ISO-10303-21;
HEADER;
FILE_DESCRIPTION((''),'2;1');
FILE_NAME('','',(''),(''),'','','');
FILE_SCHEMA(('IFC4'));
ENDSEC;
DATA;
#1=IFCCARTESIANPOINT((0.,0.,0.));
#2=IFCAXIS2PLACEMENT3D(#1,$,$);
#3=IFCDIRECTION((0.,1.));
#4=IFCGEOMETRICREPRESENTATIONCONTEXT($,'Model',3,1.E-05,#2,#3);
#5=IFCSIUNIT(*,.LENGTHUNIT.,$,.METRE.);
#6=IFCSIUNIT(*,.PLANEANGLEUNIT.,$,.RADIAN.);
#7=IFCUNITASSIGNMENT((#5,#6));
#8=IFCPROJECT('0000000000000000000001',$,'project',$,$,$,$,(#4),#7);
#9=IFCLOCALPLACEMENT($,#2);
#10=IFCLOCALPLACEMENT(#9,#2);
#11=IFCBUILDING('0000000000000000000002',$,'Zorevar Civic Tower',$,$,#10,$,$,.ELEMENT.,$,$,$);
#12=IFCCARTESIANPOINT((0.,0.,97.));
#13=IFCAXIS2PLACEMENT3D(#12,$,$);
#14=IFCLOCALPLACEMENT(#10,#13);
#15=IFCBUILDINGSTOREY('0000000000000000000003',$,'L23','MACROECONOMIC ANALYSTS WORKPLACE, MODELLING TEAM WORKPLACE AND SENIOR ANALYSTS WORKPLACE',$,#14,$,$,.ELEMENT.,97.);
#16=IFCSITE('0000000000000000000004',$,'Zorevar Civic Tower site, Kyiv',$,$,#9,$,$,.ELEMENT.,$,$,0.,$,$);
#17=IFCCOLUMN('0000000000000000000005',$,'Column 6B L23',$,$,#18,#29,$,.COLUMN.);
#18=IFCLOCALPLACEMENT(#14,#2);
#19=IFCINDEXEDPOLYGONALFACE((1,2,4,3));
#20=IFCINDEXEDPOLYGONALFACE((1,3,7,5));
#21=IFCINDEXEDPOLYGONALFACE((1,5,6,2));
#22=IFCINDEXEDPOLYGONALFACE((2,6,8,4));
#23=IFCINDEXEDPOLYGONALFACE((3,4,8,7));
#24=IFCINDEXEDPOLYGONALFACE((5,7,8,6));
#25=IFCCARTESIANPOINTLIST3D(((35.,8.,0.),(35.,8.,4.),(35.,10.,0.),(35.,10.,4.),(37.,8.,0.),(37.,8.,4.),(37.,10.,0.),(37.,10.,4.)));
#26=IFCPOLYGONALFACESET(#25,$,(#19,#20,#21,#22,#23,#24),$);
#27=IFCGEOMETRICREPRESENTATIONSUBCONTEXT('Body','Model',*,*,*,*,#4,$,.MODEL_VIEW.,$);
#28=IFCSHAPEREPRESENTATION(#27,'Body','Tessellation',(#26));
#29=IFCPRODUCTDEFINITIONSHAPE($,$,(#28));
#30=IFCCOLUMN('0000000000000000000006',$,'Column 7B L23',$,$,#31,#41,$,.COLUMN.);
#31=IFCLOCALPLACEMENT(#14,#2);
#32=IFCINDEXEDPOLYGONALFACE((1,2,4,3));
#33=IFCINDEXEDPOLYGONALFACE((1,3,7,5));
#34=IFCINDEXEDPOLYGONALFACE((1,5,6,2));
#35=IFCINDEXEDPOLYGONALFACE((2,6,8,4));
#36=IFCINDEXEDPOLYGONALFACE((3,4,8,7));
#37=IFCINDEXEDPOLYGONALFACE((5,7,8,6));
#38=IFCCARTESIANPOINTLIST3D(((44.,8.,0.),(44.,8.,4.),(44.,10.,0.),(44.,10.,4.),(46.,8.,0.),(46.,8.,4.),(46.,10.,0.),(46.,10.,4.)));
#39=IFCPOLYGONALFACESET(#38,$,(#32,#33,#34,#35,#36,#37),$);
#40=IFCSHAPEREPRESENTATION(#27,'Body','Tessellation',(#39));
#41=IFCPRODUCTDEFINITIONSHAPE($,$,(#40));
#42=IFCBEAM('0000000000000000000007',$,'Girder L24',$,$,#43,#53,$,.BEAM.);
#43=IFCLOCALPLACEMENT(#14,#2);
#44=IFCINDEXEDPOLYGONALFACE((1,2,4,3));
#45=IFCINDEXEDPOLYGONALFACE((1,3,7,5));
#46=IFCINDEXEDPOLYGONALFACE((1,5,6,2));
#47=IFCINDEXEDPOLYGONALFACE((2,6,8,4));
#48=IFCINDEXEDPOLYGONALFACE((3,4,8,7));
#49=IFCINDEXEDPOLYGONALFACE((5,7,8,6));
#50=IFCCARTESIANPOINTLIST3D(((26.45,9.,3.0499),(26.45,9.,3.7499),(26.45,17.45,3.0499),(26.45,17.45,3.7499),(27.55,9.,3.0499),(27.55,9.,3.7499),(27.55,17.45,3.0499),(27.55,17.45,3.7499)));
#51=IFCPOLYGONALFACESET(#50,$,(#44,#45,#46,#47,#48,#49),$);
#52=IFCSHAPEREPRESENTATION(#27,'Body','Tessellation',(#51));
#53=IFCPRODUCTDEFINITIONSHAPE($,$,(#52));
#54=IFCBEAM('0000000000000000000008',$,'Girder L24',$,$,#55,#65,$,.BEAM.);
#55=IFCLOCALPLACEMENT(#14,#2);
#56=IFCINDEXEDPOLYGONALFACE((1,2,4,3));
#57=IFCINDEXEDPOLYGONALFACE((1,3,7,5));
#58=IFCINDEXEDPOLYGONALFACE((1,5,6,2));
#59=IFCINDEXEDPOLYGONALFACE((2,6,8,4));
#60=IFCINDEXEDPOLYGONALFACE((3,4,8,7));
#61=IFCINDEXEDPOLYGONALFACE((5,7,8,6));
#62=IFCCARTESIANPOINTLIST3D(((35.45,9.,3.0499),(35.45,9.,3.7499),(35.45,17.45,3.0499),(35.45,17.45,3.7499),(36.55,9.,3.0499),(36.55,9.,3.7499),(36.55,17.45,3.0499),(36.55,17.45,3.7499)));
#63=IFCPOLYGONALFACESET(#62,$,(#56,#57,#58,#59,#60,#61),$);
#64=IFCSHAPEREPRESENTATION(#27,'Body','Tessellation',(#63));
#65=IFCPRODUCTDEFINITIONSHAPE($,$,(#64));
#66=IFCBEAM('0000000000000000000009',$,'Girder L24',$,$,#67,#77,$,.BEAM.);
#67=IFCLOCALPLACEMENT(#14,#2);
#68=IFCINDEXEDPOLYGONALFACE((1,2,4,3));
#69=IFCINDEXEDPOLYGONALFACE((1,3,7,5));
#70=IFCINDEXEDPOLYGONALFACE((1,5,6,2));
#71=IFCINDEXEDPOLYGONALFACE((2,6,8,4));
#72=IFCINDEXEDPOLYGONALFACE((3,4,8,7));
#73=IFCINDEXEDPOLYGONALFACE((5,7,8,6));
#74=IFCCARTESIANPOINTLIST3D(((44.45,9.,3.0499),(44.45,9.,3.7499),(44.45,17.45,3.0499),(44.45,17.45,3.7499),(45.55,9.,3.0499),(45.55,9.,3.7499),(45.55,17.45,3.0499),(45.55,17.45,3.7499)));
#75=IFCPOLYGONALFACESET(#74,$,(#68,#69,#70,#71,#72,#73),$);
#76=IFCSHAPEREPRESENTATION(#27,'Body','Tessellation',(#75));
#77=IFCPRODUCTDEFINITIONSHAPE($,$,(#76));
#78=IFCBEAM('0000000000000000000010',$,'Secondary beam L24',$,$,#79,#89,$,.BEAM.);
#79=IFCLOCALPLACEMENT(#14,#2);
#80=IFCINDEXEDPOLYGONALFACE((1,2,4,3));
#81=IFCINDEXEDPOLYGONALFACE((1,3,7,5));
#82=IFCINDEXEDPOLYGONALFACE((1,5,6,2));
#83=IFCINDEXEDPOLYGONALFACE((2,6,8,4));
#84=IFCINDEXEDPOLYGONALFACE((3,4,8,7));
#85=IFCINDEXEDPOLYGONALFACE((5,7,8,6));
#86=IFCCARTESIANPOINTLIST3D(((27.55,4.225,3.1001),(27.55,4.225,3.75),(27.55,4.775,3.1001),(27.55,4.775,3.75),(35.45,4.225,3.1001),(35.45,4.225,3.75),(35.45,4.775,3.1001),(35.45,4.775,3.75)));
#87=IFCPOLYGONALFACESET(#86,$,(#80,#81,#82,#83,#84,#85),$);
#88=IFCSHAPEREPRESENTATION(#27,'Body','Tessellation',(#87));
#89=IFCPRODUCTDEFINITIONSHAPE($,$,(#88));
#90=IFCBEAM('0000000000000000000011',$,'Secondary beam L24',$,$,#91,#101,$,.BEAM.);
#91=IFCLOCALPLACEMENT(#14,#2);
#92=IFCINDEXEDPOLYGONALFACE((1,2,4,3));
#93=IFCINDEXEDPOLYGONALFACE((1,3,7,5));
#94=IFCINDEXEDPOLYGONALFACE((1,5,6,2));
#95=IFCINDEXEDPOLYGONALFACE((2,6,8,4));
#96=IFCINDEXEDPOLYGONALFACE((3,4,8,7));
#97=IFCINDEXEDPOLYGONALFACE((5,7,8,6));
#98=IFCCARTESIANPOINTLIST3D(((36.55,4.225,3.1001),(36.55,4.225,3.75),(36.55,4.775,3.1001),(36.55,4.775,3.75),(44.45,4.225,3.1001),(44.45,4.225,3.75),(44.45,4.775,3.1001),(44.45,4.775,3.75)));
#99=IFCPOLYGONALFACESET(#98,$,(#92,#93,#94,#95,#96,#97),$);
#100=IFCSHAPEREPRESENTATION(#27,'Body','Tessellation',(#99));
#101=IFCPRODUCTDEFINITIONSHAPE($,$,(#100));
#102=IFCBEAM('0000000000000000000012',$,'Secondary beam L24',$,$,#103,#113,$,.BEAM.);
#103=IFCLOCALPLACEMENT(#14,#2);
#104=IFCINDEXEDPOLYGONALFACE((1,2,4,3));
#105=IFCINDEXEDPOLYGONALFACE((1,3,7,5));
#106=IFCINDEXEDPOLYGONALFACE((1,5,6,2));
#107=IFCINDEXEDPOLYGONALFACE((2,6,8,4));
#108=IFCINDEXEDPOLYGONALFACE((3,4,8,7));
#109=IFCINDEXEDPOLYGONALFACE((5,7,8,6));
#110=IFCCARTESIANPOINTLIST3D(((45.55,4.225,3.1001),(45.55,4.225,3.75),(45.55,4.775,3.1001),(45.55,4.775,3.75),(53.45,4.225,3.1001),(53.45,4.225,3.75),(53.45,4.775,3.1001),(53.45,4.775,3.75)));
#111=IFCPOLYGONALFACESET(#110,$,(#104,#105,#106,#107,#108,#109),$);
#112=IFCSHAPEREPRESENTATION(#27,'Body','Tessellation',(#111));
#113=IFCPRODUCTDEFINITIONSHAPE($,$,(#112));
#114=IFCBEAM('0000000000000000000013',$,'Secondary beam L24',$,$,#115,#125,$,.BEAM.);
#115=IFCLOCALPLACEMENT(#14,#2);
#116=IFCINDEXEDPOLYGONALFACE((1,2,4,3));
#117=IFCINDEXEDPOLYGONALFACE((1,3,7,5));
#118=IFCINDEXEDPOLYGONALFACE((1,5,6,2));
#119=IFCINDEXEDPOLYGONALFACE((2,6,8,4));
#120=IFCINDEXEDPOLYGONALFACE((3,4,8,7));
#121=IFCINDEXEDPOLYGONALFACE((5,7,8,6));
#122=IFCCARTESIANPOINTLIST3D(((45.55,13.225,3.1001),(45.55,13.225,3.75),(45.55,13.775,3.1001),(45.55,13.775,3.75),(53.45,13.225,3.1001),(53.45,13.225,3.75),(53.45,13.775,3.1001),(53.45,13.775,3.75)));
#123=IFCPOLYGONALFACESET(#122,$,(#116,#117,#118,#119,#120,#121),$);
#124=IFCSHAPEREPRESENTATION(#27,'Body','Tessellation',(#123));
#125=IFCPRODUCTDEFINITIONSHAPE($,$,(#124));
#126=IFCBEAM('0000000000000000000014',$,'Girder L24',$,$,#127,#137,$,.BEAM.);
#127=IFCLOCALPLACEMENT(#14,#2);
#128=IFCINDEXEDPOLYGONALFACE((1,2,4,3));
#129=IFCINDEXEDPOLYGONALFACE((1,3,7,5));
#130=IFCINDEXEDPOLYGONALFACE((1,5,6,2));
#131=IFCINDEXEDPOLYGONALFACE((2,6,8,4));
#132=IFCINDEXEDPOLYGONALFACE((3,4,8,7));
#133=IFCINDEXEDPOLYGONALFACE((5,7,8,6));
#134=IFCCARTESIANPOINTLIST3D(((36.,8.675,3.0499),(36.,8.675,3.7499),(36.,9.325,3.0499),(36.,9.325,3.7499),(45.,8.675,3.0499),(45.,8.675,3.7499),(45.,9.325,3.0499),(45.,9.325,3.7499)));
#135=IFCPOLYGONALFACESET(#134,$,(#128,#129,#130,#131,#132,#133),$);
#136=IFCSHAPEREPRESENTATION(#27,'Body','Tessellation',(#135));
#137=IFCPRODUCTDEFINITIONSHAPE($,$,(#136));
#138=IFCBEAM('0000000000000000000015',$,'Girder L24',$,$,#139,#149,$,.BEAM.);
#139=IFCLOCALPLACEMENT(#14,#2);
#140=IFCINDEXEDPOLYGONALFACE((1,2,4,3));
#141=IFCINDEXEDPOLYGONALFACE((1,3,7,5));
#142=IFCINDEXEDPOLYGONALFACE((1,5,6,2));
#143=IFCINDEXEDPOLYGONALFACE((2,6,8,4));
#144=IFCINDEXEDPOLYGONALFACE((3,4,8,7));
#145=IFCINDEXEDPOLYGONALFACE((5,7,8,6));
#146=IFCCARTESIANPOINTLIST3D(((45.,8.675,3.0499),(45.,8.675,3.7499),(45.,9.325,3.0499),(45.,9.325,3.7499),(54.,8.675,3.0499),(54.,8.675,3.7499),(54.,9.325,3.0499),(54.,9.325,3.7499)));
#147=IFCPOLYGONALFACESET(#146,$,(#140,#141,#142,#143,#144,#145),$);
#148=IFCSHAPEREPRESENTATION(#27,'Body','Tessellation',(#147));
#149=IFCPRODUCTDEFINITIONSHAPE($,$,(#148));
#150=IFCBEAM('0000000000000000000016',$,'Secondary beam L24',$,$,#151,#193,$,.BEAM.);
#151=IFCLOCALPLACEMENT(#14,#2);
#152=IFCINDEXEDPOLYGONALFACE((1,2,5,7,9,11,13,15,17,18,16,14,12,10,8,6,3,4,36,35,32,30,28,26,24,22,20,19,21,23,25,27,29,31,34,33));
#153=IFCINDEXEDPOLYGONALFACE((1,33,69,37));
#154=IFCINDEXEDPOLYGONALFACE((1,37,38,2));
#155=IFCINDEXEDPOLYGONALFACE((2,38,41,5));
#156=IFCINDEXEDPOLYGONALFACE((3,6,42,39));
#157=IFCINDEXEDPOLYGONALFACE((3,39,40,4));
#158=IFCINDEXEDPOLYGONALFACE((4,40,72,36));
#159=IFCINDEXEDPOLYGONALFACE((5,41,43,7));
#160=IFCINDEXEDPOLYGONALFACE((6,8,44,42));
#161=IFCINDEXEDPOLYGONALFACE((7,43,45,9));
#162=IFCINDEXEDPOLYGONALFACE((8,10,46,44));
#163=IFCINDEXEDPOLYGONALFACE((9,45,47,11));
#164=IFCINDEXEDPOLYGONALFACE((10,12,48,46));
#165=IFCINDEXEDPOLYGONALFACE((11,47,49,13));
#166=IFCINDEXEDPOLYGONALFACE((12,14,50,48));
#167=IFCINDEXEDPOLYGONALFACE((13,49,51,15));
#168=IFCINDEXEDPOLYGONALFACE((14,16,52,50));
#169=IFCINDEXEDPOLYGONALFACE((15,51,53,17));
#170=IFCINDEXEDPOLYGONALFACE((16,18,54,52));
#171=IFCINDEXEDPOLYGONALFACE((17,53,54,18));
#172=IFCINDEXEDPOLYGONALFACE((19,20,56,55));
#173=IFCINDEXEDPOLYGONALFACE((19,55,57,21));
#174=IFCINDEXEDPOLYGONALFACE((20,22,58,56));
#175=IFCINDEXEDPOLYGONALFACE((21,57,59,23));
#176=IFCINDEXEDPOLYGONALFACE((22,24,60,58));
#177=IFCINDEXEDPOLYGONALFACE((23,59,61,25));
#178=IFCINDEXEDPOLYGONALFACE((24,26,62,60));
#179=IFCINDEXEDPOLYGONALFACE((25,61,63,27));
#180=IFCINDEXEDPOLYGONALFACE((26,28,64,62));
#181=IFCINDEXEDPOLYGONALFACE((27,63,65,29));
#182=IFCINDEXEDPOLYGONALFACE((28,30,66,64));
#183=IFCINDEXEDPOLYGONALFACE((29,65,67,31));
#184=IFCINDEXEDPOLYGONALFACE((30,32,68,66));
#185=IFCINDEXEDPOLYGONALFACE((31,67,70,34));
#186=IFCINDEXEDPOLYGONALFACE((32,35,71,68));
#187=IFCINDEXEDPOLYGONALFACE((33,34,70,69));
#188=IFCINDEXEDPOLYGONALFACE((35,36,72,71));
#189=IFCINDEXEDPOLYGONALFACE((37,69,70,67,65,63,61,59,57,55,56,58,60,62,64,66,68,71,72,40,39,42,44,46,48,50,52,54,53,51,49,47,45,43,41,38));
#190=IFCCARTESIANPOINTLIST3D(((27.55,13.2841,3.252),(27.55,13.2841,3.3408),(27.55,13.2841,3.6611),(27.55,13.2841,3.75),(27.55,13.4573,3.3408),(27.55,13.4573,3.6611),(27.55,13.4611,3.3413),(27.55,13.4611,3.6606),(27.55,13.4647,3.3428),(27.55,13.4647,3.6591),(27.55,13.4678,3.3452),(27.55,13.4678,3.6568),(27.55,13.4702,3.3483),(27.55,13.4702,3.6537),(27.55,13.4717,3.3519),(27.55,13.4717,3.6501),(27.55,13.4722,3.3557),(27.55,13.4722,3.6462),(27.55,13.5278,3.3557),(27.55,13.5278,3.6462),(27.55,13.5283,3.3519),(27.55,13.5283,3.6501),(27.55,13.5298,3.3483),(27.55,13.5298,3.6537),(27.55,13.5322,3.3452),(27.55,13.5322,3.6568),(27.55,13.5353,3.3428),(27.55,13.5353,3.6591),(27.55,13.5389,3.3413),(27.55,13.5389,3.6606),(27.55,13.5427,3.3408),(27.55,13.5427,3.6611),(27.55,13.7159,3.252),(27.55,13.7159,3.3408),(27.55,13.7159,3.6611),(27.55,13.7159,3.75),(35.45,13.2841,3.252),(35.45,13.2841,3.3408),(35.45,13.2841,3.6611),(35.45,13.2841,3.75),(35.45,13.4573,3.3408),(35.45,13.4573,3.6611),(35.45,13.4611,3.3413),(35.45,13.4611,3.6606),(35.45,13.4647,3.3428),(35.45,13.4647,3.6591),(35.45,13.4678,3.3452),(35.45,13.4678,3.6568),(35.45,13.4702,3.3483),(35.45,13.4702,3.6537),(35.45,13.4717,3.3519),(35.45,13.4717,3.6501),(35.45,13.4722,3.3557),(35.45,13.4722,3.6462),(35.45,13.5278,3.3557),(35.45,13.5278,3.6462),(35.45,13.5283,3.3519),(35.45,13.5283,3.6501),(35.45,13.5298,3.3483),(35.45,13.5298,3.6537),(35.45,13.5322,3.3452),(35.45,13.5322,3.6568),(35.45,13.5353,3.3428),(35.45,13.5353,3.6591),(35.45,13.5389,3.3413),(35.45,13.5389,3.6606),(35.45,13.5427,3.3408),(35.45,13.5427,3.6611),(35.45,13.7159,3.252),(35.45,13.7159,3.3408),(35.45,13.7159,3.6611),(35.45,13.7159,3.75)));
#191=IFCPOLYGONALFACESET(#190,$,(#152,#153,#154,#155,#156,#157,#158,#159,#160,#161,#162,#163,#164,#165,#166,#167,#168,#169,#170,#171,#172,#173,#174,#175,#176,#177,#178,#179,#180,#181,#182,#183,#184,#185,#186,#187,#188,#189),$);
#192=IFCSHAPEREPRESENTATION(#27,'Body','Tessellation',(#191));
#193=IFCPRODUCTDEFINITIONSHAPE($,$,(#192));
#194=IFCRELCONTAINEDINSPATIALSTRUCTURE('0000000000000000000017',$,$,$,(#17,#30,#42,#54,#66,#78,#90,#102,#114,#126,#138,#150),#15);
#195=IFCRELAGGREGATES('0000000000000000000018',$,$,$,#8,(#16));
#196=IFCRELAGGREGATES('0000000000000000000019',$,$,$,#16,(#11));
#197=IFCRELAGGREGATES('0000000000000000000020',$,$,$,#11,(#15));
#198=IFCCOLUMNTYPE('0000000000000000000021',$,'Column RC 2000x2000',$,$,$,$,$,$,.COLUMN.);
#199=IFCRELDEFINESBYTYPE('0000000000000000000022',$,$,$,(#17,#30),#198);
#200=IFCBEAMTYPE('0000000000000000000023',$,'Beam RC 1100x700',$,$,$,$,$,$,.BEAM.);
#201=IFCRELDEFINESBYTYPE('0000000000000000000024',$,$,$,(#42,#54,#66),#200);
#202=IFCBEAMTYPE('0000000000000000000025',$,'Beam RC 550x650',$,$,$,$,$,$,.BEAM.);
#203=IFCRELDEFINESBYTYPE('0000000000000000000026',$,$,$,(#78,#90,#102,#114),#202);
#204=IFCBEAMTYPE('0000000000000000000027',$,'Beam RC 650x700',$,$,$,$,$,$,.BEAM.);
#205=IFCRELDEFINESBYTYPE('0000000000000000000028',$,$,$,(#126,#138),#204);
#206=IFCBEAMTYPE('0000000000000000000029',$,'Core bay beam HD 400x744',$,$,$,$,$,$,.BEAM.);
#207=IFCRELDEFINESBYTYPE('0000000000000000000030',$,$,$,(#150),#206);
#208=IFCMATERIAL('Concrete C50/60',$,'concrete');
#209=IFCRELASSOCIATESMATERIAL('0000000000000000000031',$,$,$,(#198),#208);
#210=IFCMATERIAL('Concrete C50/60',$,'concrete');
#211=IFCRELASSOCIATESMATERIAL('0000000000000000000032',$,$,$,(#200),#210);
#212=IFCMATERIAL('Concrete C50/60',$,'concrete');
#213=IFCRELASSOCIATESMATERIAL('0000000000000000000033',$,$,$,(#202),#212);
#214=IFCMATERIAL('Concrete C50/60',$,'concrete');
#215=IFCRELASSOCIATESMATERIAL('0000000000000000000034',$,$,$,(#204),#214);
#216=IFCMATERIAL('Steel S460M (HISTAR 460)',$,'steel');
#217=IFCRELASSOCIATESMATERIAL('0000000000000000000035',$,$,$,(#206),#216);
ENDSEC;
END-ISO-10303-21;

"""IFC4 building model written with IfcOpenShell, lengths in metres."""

from ifc_helpers import new_model, si_unit, direction, frame, origin, origin_2d, place, context, subcontext, project, spatial, rectangle, i_section, extrude, material, material_profile, profile_set, type_object, element, save


model = new_model("IFC4")

# Units and contexts
model_context = context("Model", 3, precision=1e-05, world=origin(), true_north=direction((0.0, 1.0)))
body_context = subcontext(model_context, "Body", "Model", "MODEL_VIEW")
ifc_project = project(units=[si_unit("LENGTHUNIT", "METRE"), si_unit("PLANEANGLEUNIT", "RADIAN")], contexts=[model_context])

# Site, building, storey
site_placement = place(None, origin())
site = spatial("IfcSite", under=ifc_project, at=site_placement, Name="Zorevar Civic Tower site, Kyiv", CompositionType="ELEMENT", RefElevation=0.0)
building_placement = place(site_placement, origin())
building = spatial("IfcBuilding", under=site, at=building_placement, Name="Zorevar Civic Tower", CompositionType="ELEMENT")
storey_placement = place(building_placement, frame((0.0, 0.0, 97.0)))
storey = spatial("IfcBuildingStorey", under=building, at=storey_placement, Name="L23", Description="MACROECONOMIC ANALYSTS WORKPLACE, MODELLING TEAM WORKPLACE AND SENIOR ANALYSTS WORKPLACE", CompositionType="ELEMENT", Elevation=97.0)

# Columns
ifc_material_1 = material(Name="Concrete C50/60", Category="concrete")
ifc_material_profile_1 = material_profile(ifc_material_1, rectangle(XDim=2.0, YDim=2.0, at=origin_2d()), Name="RC 2000x2000")
ifc_profile_set_1 = profile_set([ifc_material_profile_1], Name="Concrete C50/60")
column_type = type_object("IfcColumnType", Name="Column RC 2000x2000", PredefinedType="COLUMN", material=ifc_profile_set_1)
for number, where, z_axis, x_axis, name in (
    (1, (36.0, 9.0, 0.0), (0.0, 0.0, 1.0), (1.0, 0.0, 0.0), "Column 6B L23"),
    (2, (45.0, 9.0, 0.0), (0.0, 0.0, 1.0), (1.0, 0.0, 0.0), "Column 7B L23"),
):
    element("IfcColumn", number, at=place(storey_placement, frame(where, z_axis=z_axis, x_axis=x_axis)), inside=storey, type_object=column_type, Name=name, PredefinedType="COLUMN", context=body_context, shape_type="SweptSolid", body=[
        extrude(rectangle(XDim=2.0, YDim=2.0, at=origin_2d()), origin(), (0.0, 0.0, 1.0), 4.0),
    ])

# Beams
ifc_material_2 = material(Name="Concrete C50/60", Category="concrete")
ifc_material_profile_2 = material_profile(ifc_material_2, rectangle(XDim=1.1001, YDim=0.7, at=origin_2d()), Name="RC 1100x700")
ifc_profile_set_2 = profile_set([ifc_material_profile_2], Name="Concrete C50/60")
beam_type_1 = type_object("IfcBeamType", Name="Beam RC 1100x700", PredefinedType="BEAM", material=ifc_profile_set_2)
for number, where, z_axis, x_axis, name in (
    (3, (27.0, 9.0, 3.3999), (0.0, 1.0, 0.0), (-1.0, 0.0, 0.0), "Girder L24"),
    (4, (36.0, 9.0, 3.3999), (0.0, 1.0, 0.0), (-1.0, 0.0, 0.0), "Girder L24"),
    (5, (45.0, 9.0, 3.3999), (0.0, 1.0, 0.0), (-1.0, 0.0, 0.0), "Girder L24"),
):
    element("IfcBeam", number, at=place(storey_placement, frame(where, z_axis=z_axis, x_axis=x_axis)), inside=storey, type_object=beam_type_1, Name=name, PredefinedType="BEAM", context=body_context, shape_type="SweptSolid", body=[
        extrude(rectangle(XDim=1.1001, YDim=0.7, at=origin_2d()), origin(), (0.0, 0.0, 1.0), 8.45),
    ])
ifc_material_3 = material(Name="Concrete C50/60", Category="concrete")
ifc_material_profile_3 = material_profile(ifc_material_3, rectangle(XDim=0.55, YDim=0.6499, at=origin_2d()), Name="RC 550x650")
ifc_profile_set_3 = profile_set([ifc_material_profile_3], Name="Concrete C50/60")
beam_type_2 = type_object("IfcBeamType", Name="Beam RC 550x650", PredefinedType="BEAM", material=ifc_profile_set_3)
for number, where, z_axis, x_axis, name in (
    (6, (27.55, 4.5, 3.425), (1.0, 0.0, 0.0), (0.0, 1.0, 0.0), "Secondary beam L24"),
    (7, (36.55, 4.5, 3.425), (1.0, 0.0, 0.0), (0.0, 1.0, 0.0), "Secondary beam L24"),
    (8, (45.55, 4.5, 3.425), (1.0, 0.0, 0.0), (0.0, 1.0, 0.0), "Secondary beam L24"),
    (9, (45.55, 13.5, 3.425), (1.0, 0.0, 0.0), (0.0, 1.0, 0.0), "Secondary beam L24"),
):
    element("IfcBeam", number, at=place(storey_placement, frame(where, z_axis=z_axis, x_axis=x_axis)), inside=storey, type_object=beam_type_2, Name=name, PredefinedType="BEAM", context=body_context, shape_type="SweptSolid", body=[
        extrude(rectangle(XDim=0.55, YDim=0.6499, at=origin_2d()), origin(), (0.0, 0.0, 1.0), 7.8999),
    ])
ifc_material_4 = material(Name="Concrete C50/60", Category="concrete")
ifc_material_profile_4 = material_profile(ifc_material_4, rectangle(XDim=0.6499, YDim=0.7, at=origin_2d()), Name="RC 650x700")
ifc_profile_set_4 = profile_set([ifc_material_profile_4], Name="Concrete C50/60")
beam_type_3 = type_object("IfcBeamType", Name="Beam RC 650x700", PredefinedType="BEAM", material=ifc_profile_set_4)
for number, where, z_axis, x_axis, name in (
    (10, (36.0, 9.0, 3.3999), (1.0, 0.0, 0.0), (0.0, 1.0, 0.0), "Girder L24"),
    (11, (45.0, 9.0, 3.3999), (1.0, 0.0, 0.0), (0.0, 1.0, 0.0), "Girder L24"),
):
    element("IfcBeam", number, at=place(storey_placement, frame(where, z_axis=z_axis, x_axis=x_axis)), inside=storey, type_object=beam_type_3, Name=name, PredefinedType="BEAM", context=body_context, shape_type="SweptSolid", body=[
        extrude(rectangle(XDim=0.6499, YDim=0.7, at=origin_2d()), origin(), (0.0, 0.0, 1.0), 9.0),
    ])
ifc_material_5 = material(Name="Steel S460M (HISTAR 460)", Category="steel")
ifc_material_profile_5 = material_profile(ifc_material_5, i_section(OverallWidth=0.4319, OverallDepth=0.498, WebThickness=0.0557, FlangeThickness=0.0889, FilletRadius=0.0149, at=origin_2d()), Name="HD 400x744")
ifc_profile_set_5 = profile_set([ifc_material_profile_5], Name="Steel S460M (HISTAR 460)")
beam_type_4 = type_object("IfcBeamType", Name="Core bay beam HD 400x744", PredefinedType="BEAM", material=ifc_profile_set_5)
for number, where, z_axis, x_axis, name in (
    (12, (27.55, 13.5, 3.501), (1.0, 0.0, 0.0), (0.0, 1.0, 0.0), "Secondary beam L24"),
):
    element("IfcBeam", number, at=place(storey_placement, frame(where, z_axis=z_axis, x_axis=x_axis)), inside=storey, type_object=beam_type_4, Name=name, PredefinedType="BEAM", context=body_context, shape_type="SweptSolid", body=[
        extrude(i_section(OverallWidth=0.4319, OverallDepth=0.498, WebThickness=0.0557, FlangeThickness=0.0889, FilletRadius=0.0149, at=origin_2d()), origin(), (0.0, 0.0, 1.0), 7.8999),
    ])

save(model, "model.ifc")
